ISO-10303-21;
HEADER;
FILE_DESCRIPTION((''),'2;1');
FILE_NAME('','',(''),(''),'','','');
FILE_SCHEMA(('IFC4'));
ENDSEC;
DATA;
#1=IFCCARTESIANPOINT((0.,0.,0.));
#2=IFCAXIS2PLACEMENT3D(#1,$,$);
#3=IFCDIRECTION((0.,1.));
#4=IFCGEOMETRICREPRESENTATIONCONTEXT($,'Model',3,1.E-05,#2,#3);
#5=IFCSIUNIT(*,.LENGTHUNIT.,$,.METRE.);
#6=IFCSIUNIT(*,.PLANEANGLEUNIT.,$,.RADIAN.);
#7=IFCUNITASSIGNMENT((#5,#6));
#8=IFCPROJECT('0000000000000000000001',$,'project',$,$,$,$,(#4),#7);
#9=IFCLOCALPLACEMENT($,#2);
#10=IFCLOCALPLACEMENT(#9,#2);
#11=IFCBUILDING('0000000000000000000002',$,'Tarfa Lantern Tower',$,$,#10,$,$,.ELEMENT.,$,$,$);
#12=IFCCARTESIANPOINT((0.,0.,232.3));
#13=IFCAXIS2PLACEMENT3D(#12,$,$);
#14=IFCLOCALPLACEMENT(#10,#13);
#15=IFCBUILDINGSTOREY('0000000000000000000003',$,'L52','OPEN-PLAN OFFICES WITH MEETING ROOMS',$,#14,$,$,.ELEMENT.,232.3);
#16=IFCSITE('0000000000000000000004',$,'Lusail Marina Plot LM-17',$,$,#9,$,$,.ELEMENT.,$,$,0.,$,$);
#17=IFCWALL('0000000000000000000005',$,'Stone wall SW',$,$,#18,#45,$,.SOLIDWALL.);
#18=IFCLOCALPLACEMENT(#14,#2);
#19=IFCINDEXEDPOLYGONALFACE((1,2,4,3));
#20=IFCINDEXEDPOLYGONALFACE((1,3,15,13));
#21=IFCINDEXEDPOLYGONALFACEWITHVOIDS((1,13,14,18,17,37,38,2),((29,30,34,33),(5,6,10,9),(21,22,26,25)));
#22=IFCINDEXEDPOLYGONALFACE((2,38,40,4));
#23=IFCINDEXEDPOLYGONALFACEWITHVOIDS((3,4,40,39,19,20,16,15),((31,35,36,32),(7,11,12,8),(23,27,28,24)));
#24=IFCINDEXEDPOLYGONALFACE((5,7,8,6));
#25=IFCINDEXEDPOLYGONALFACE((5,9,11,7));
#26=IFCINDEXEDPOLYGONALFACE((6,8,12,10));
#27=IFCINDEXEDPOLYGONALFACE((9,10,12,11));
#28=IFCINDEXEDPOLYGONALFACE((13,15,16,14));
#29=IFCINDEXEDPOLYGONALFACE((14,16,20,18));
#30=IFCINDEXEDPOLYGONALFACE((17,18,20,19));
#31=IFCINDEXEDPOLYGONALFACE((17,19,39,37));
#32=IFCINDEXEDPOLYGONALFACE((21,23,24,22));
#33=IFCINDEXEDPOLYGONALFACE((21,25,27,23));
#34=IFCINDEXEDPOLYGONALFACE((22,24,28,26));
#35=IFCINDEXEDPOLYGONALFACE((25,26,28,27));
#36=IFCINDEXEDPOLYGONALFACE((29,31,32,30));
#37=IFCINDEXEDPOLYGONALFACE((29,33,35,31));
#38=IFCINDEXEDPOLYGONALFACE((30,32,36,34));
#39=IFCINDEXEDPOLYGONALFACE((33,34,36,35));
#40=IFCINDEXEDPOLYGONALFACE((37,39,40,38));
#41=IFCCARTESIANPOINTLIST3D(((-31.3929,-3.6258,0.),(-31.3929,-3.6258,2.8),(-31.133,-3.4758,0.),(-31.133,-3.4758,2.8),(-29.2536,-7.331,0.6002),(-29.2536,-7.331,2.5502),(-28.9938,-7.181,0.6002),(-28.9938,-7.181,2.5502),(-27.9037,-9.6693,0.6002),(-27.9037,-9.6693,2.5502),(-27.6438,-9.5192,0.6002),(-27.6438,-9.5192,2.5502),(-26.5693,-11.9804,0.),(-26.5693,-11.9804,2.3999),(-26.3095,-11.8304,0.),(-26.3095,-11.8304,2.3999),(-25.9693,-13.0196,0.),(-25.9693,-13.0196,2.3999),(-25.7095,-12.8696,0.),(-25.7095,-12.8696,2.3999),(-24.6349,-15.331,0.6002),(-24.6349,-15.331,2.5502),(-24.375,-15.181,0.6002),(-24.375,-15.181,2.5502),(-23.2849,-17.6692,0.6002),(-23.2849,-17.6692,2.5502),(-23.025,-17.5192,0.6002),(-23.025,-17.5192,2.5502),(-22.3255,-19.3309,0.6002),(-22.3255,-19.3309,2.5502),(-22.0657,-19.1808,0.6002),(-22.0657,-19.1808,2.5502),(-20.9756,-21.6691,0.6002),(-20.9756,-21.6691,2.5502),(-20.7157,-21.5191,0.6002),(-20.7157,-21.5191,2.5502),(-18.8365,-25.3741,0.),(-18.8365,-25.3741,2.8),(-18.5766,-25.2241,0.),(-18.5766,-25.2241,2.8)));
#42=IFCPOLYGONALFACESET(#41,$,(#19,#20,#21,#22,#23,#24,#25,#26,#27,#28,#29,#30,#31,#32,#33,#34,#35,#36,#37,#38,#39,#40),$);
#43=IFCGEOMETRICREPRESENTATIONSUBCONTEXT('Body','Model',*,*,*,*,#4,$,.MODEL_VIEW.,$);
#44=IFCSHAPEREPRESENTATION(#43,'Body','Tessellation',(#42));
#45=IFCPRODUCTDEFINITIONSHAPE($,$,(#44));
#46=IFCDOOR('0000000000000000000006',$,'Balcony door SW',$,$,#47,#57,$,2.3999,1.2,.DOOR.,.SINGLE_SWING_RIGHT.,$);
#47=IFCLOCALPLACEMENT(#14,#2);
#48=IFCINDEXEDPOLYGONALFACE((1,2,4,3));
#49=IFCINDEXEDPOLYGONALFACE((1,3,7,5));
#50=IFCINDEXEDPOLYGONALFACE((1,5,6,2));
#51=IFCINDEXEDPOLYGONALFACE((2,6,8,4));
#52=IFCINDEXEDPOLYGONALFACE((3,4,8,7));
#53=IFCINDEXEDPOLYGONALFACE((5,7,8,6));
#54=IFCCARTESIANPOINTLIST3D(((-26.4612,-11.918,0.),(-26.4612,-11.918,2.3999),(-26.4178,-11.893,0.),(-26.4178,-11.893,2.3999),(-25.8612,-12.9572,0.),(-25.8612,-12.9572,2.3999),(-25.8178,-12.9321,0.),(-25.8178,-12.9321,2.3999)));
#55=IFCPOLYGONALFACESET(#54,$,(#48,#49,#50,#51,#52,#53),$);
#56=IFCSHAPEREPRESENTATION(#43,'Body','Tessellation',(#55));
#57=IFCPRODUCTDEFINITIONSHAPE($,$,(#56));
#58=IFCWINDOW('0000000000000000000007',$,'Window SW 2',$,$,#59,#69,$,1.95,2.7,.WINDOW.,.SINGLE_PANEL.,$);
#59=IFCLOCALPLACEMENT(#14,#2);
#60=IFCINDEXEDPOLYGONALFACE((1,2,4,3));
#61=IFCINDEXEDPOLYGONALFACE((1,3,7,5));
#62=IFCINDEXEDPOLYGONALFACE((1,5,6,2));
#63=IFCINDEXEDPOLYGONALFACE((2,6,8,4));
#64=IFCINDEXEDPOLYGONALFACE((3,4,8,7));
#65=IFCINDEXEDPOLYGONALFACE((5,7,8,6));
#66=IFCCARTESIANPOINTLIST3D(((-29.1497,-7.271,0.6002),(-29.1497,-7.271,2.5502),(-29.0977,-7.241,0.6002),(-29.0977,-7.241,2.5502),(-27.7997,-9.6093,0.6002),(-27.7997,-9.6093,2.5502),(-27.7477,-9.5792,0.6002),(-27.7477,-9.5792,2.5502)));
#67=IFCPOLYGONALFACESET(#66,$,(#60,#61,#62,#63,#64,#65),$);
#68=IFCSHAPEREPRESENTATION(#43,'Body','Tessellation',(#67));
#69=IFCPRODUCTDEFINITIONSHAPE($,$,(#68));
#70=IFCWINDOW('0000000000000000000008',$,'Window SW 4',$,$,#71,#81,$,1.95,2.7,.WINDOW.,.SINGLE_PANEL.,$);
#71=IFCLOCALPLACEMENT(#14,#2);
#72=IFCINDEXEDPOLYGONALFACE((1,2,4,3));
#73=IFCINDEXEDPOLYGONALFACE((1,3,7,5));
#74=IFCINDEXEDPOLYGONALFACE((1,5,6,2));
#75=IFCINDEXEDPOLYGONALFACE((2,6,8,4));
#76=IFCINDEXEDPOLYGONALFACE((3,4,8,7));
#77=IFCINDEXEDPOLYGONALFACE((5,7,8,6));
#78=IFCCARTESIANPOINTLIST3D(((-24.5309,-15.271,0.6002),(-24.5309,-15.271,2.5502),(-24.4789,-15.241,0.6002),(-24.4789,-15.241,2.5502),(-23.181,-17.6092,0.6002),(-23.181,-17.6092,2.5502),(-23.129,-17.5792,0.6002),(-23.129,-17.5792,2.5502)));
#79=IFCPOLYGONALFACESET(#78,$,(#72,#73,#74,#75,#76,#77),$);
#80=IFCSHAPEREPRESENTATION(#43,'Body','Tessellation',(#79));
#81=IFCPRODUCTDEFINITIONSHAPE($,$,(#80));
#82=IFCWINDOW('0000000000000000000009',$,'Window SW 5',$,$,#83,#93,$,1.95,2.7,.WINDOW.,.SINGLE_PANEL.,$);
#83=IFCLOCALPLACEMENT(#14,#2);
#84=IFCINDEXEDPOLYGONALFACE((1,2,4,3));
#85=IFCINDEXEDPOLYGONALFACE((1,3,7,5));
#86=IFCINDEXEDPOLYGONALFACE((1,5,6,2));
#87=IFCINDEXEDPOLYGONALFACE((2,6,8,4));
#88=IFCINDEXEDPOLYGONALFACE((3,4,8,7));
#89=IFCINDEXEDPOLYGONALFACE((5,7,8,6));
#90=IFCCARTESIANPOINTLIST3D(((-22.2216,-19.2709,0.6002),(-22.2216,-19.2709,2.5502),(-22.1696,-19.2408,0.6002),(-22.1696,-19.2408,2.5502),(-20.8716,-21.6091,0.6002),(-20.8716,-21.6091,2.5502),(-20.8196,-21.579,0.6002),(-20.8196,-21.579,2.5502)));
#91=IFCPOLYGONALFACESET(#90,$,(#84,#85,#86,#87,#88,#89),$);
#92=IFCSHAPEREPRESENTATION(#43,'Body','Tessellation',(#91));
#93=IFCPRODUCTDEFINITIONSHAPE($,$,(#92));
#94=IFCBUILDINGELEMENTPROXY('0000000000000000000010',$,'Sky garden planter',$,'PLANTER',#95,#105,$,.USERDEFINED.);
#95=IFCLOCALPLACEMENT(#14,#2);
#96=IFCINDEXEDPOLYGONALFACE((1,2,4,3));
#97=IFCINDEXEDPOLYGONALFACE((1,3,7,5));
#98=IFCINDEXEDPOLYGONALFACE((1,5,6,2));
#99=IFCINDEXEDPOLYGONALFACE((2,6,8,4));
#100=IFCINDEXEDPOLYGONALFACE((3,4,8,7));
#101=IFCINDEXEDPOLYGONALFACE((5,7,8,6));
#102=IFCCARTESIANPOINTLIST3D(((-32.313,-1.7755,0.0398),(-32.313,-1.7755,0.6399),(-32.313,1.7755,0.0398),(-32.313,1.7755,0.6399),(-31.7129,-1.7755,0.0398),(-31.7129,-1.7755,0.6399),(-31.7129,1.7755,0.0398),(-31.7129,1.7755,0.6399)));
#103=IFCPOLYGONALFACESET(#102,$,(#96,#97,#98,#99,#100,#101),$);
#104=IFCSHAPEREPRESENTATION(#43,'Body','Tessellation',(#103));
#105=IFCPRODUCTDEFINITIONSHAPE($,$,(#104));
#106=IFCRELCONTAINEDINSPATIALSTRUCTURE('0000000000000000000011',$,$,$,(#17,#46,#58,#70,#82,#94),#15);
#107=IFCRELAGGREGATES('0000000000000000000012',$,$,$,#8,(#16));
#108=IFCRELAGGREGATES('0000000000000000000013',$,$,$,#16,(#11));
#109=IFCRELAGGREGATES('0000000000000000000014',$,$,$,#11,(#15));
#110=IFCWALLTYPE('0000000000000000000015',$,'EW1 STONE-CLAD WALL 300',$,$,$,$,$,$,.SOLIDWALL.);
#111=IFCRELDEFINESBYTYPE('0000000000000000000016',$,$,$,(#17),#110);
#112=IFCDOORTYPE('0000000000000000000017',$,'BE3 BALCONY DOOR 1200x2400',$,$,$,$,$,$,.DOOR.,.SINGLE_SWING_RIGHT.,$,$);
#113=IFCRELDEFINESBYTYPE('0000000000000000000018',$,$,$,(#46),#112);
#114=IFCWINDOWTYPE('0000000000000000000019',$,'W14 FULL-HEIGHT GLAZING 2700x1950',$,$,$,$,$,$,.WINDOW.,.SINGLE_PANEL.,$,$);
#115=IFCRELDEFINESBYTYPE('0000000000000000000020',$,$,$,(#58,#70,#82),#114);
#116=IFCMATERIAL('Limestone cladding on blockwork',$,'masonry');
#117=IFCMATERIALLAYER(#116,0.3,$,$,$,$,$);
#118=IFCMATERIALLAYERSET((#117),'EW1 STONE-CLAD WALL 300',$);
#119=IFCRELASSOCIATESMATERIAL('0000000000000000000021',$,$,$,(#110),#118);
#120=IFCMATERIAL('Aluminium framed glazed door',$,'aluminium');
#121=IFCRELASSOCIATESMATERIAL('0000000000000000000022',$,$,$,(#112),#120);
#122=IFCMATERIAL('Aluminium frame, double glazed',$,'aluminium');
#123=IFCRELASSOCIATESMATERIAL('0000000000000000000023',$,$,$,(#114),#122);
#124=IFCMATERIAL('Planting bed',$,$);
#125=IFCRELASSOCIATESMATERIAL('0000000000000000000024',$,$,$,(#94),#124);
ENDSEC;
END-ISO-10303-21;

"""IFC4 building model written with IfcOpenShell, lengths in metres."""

from ifc_helpers import new_model, si_unit, direction, frame, frame_2d, origin, origin_2d, place, context, subcontext, project, spatial, rectangle, extrude, material, layer, layer_set, type_object, element, fill, save


model = new_model("IFC4")

# Units and contexts
model_context = context("Model", 3, precision=1e-05, world=origin(), true_north=direction((0.0, 1.0)))
body_context = subcontext(model_context, "Body", "Model", "MODEL_VIEW")
ifc_project = project(units=[si_unit("LENGTHUNIT", "METRE"), si_unit("PLANEANGLEUNIT", "RADIAN")], contexts=[model_context])

# Site, building, storey
site_placement = place(None, origin())
site = spatial("IfcSite", under=ifc_project, at=site_placement, Name="Lusail Marina Plot LM-17", CompositionType="ELEMENT", RefElevation=0.0)
building_placement = place(site_placement, origin())
building = spatial("IfcBuilding", under=site, at=building_placement, Name="Tarfa Lantern Tower", CompositionType="ELEMENT")
storey_placement = place(building_placement, frame((0.0, 0.0, 232.3)))
storey = spatial("IfcBuildingStorey", under=building, at=storey_placement, Name="L52", Description="OPEN-PLAN OFFICES WITH MEETING ROOMS", CompositionType="ELEMENT", Elevation=232.3)

# Wall, openings, door, windows
ifc_material_1 = material(Name="Limestone cladding on blockwork", Category="masonry")
ifc_layer_1 = layer(ifc_material_1, 0.3)
ifc_layer_set_1 = layer_set([ifc_layer_1], Name="EW1 STONE-CLAD WALL 300")
wall_type = type_object("IfcWallType", Name="EW1 STONE-CLAD WALL 300", PredefinedType="SOLIDWALL", material=ifc_layer_set_1)
wall_placement = place(storey_placement, frame((-31.2629, -3.5508, 0.0), z_axis=(0.0, 0.0, 1.0), x_axis=(0.5, -0.866025, 0.0)))
wall = element("IfcWall", 1, at=wall_placement, inside=storey, type_object=wall_type, Name="Stone wall SW", PredefinedType="SOLIDWALL", context=body_context, shape_type="SweptSolid", body=[
    extrude(rectangle(XDim=25.1128, YDim=0.3, at=frame_2d((12.5564, 0.0))), origin(), (0.0, 0.0, 1.0), 2.8),
])
opening_1_placement = place(wall_placement, frame((4.2783, 0.0, 0.6001)))
opening_1 = element("IfcOpeningElement", 2, at=opening_1_placement, cuts=wall, PredefinedType="OPENING", context=body_context, shape_type="SweptSolid", body=[
    extrude(rectangle(XDim=2.7, YDim=1.95, at=frame_2d((1.3501, 0.9751))), frame((0.0, 0.1599, 0.0), z_axis=(0.0, -1.0, 0.0), x_axis=(1.0, 0.0, 0.0)), (0.0, 0.0, 1.0), 0.3201),
])
opening_2_placement = place(wall_placement, frame((9.647, 0.0, 0.0)))
opening_2 = element("IfcOpeningElement", 3, at=opening_2_placement, cuts=wall, PredefinedType="OPENING", context=body_context, shape_type="SweptSolid", body=[
    extrude(rectangle(XDim=1.2, YDim=2.3999, at=frame_2d((0.6001, 1.2))), frame((0.0, 0.1599, 0.0), z_axis=(0.0, -1.0, 0.0), x_axis=(1.0, 0.0, 0.0)), (0.0, 0.0, 1.0), 0.3201),
])
opening_3_placement = place(wall_placement, frame((13.5159, 0.0, 0.6001)))
opening_3 = element("IfcOpeningElement", 4, at=opening_3_placement, cuts=wall, PredefinedType="OPENING", context=body_context, shape_type="SweptSolid", body=[
    extrude(rectangle(XDim=2.7, YDim=1.95, at=frame_2d((1.3501, 0.9751))), frame((0.0, 0.1599, 0.0), z_axis=(0.0, -1.0, 0.0), x_axis=(1.0, 0.0, 0.0)), (0.0, 0.0, 1.0), 0.3201),
])
opening_4_placement = place(wall_placement, frame((18.1345, 0.0, 0.6001)))
opening_4 = element("IfcOpeningElement", 5, at=opening_4_placement, cuts=wall, PredefinedType="OPENING", context=body_context, shape_type="SweptSolid", body=[
    extrude(rectangle(XDim=2.7, YDim=1.95, at=frame_2d((1.3501, 0.9751))), frame((0.0, 0.1599, 0.0), z_axis=(0.0, -1.0, 0.0), x_axis=(1.0, 0.0, 0.0)), (0.0, 0.0, 1.0), 0.3201),
])
ifc_material_2 = material(Name="Aluminium framed glazed door", Category="aluminium")
door_type = type_object("IfcDoorType", Name="BE3 BALCONY DOOR 1200x2400", OperationType="SINGLE_SWING_RIGHT", PredefinedType="DOOR", material=ifc_material_2)
door_placement = place(opening_2_placement, origin())
door = element("IfcDoor", 6, at=door_placement, inside=storey, type_object=door_type, Name="Balcony door SW", OperationType="SINGLE_SWING_RIGHT", OverallHeight=2.3999, OverallWidth=1.2, PredefinedType="DOOR", context=body_context, shape_type="SweptSolid", body=[
    extrude(rectangle(XDim=1.2, YDim=2.3999, at=frame_2d((0.6001, 1.2))), frame((0.0, 0.0249, 0.0), z_axis=(0.0, -1.0, 0.0), x_axis=(1.0, 0.0, 0.0)), (0.0, 0.0, 1.0), 0.05),
])
fill(opening_2, door)
ifc_material_3 = material(Name="Aluminium frame, double glazed", Category="aluminium")
window_type = type_object("IfcWindowType", Name="W14 FULL-HEIGHT GLAZING 2700x1950", PartitioningType="SINGLE_PANEL", PredefinedType="WINDOW", material=ifc_material_3)
window_1_placement = place(opening_1_placement, origin())
window_1 = element("IfcWindow", 7, at=window_1_placement, inside=storey, type_object=window_type, Name="Window SW 2", OverallHeight=1.95, OverallWidth=2.7, PartitioningType="SINGLE_PANEL", PredefinedType="WINDOW", context=body_context, shape_type="SweptSolid", body=[
    extrude(rectangle(XDim=2.7, YDim=1.95, at=frame_2d((1.3501, 0.9751))), frame((0.0, 0.03, 0.0), z_axis=(0.0, -1.0, 0.0), x_axis=(1.0, 0.0, 0.0)), (0.0, 0.0, 1.0), 0.0601),
])
fill(opening_1, window_1)
window_2_placement = place(opening_3_placement, origin())
window_2 = element("IfcWindow", 8, at=window_2_placement, inside=storey, type_object=window_type, Name="Window SW 4", OverallHeight=1.95, OverallWidth=2.7, PartitioningType="SINGLE_PANEL", PredefinedType="WINDOW", context=body_context, shape_type="SweptSolid", body=[
    extrude(rectangle(XDim=2.7, YDim=1.95, at=frame_2d((1.3501, 0.9751))), frame((0.0, 0.03, 0.0), z_axis=(0.0, -1.0, 0.0), x_axis=(1.0, 0.0, 0.0)), (0.0, 0.0, 1.0), 0.0601),
])
fill(opening_3, window_2)
window_3_placement = place(opening_4_placement, origin())
window_3 = element("IfcWindow", 9, at=window_3_placement, inside=storey, type_object=window_type, Name="Window SW 5", OverallHeight=1.95, OverallWidth=2.7, PartitioningType="SINGLE_PANEL", PredefinedType="WINDOW", context=body_context, shape_type="SweptSolid", body=[
    extrude(rectangle(XDim=2.7, YDim=1.95, at=frame_2d((1.3501, 0.9751))), frame((0.0, 0.03, 0.0), z_axis=(0.0, -1.0, 0.0), x_axis=(1.0, 0.0, 0.0)), (0.0, 0.0, 1.0), 0.0601),
])
fill(opening_4, window_3)

# Building element proxy
ifc_material_4 = material(Name="Planting bed")
proxy_placement = place(storey_placement, frame((-32.0129, 0.0, 0.0398), z_axis=(0.0, 0.0, 1.0), x_axis=(0.0, -1.0, 0.0)))
element("IfcBuildingElementProxy", 10, at=proxy_placement, inside=storey, material=ifc_material_4, Name="Sky garden planter", ObjectType="PLANTER", PredefinedType="USERDEFINED", context=body_context, shape_type="SweptSolid", body=[
    extrude(rectangle(XDim=3.551, YDim=0.6001, at=origin_2d()), origin(), (0.0, 0.0, 1.0), 0.6001),
])

save(model, "model.ifc")
